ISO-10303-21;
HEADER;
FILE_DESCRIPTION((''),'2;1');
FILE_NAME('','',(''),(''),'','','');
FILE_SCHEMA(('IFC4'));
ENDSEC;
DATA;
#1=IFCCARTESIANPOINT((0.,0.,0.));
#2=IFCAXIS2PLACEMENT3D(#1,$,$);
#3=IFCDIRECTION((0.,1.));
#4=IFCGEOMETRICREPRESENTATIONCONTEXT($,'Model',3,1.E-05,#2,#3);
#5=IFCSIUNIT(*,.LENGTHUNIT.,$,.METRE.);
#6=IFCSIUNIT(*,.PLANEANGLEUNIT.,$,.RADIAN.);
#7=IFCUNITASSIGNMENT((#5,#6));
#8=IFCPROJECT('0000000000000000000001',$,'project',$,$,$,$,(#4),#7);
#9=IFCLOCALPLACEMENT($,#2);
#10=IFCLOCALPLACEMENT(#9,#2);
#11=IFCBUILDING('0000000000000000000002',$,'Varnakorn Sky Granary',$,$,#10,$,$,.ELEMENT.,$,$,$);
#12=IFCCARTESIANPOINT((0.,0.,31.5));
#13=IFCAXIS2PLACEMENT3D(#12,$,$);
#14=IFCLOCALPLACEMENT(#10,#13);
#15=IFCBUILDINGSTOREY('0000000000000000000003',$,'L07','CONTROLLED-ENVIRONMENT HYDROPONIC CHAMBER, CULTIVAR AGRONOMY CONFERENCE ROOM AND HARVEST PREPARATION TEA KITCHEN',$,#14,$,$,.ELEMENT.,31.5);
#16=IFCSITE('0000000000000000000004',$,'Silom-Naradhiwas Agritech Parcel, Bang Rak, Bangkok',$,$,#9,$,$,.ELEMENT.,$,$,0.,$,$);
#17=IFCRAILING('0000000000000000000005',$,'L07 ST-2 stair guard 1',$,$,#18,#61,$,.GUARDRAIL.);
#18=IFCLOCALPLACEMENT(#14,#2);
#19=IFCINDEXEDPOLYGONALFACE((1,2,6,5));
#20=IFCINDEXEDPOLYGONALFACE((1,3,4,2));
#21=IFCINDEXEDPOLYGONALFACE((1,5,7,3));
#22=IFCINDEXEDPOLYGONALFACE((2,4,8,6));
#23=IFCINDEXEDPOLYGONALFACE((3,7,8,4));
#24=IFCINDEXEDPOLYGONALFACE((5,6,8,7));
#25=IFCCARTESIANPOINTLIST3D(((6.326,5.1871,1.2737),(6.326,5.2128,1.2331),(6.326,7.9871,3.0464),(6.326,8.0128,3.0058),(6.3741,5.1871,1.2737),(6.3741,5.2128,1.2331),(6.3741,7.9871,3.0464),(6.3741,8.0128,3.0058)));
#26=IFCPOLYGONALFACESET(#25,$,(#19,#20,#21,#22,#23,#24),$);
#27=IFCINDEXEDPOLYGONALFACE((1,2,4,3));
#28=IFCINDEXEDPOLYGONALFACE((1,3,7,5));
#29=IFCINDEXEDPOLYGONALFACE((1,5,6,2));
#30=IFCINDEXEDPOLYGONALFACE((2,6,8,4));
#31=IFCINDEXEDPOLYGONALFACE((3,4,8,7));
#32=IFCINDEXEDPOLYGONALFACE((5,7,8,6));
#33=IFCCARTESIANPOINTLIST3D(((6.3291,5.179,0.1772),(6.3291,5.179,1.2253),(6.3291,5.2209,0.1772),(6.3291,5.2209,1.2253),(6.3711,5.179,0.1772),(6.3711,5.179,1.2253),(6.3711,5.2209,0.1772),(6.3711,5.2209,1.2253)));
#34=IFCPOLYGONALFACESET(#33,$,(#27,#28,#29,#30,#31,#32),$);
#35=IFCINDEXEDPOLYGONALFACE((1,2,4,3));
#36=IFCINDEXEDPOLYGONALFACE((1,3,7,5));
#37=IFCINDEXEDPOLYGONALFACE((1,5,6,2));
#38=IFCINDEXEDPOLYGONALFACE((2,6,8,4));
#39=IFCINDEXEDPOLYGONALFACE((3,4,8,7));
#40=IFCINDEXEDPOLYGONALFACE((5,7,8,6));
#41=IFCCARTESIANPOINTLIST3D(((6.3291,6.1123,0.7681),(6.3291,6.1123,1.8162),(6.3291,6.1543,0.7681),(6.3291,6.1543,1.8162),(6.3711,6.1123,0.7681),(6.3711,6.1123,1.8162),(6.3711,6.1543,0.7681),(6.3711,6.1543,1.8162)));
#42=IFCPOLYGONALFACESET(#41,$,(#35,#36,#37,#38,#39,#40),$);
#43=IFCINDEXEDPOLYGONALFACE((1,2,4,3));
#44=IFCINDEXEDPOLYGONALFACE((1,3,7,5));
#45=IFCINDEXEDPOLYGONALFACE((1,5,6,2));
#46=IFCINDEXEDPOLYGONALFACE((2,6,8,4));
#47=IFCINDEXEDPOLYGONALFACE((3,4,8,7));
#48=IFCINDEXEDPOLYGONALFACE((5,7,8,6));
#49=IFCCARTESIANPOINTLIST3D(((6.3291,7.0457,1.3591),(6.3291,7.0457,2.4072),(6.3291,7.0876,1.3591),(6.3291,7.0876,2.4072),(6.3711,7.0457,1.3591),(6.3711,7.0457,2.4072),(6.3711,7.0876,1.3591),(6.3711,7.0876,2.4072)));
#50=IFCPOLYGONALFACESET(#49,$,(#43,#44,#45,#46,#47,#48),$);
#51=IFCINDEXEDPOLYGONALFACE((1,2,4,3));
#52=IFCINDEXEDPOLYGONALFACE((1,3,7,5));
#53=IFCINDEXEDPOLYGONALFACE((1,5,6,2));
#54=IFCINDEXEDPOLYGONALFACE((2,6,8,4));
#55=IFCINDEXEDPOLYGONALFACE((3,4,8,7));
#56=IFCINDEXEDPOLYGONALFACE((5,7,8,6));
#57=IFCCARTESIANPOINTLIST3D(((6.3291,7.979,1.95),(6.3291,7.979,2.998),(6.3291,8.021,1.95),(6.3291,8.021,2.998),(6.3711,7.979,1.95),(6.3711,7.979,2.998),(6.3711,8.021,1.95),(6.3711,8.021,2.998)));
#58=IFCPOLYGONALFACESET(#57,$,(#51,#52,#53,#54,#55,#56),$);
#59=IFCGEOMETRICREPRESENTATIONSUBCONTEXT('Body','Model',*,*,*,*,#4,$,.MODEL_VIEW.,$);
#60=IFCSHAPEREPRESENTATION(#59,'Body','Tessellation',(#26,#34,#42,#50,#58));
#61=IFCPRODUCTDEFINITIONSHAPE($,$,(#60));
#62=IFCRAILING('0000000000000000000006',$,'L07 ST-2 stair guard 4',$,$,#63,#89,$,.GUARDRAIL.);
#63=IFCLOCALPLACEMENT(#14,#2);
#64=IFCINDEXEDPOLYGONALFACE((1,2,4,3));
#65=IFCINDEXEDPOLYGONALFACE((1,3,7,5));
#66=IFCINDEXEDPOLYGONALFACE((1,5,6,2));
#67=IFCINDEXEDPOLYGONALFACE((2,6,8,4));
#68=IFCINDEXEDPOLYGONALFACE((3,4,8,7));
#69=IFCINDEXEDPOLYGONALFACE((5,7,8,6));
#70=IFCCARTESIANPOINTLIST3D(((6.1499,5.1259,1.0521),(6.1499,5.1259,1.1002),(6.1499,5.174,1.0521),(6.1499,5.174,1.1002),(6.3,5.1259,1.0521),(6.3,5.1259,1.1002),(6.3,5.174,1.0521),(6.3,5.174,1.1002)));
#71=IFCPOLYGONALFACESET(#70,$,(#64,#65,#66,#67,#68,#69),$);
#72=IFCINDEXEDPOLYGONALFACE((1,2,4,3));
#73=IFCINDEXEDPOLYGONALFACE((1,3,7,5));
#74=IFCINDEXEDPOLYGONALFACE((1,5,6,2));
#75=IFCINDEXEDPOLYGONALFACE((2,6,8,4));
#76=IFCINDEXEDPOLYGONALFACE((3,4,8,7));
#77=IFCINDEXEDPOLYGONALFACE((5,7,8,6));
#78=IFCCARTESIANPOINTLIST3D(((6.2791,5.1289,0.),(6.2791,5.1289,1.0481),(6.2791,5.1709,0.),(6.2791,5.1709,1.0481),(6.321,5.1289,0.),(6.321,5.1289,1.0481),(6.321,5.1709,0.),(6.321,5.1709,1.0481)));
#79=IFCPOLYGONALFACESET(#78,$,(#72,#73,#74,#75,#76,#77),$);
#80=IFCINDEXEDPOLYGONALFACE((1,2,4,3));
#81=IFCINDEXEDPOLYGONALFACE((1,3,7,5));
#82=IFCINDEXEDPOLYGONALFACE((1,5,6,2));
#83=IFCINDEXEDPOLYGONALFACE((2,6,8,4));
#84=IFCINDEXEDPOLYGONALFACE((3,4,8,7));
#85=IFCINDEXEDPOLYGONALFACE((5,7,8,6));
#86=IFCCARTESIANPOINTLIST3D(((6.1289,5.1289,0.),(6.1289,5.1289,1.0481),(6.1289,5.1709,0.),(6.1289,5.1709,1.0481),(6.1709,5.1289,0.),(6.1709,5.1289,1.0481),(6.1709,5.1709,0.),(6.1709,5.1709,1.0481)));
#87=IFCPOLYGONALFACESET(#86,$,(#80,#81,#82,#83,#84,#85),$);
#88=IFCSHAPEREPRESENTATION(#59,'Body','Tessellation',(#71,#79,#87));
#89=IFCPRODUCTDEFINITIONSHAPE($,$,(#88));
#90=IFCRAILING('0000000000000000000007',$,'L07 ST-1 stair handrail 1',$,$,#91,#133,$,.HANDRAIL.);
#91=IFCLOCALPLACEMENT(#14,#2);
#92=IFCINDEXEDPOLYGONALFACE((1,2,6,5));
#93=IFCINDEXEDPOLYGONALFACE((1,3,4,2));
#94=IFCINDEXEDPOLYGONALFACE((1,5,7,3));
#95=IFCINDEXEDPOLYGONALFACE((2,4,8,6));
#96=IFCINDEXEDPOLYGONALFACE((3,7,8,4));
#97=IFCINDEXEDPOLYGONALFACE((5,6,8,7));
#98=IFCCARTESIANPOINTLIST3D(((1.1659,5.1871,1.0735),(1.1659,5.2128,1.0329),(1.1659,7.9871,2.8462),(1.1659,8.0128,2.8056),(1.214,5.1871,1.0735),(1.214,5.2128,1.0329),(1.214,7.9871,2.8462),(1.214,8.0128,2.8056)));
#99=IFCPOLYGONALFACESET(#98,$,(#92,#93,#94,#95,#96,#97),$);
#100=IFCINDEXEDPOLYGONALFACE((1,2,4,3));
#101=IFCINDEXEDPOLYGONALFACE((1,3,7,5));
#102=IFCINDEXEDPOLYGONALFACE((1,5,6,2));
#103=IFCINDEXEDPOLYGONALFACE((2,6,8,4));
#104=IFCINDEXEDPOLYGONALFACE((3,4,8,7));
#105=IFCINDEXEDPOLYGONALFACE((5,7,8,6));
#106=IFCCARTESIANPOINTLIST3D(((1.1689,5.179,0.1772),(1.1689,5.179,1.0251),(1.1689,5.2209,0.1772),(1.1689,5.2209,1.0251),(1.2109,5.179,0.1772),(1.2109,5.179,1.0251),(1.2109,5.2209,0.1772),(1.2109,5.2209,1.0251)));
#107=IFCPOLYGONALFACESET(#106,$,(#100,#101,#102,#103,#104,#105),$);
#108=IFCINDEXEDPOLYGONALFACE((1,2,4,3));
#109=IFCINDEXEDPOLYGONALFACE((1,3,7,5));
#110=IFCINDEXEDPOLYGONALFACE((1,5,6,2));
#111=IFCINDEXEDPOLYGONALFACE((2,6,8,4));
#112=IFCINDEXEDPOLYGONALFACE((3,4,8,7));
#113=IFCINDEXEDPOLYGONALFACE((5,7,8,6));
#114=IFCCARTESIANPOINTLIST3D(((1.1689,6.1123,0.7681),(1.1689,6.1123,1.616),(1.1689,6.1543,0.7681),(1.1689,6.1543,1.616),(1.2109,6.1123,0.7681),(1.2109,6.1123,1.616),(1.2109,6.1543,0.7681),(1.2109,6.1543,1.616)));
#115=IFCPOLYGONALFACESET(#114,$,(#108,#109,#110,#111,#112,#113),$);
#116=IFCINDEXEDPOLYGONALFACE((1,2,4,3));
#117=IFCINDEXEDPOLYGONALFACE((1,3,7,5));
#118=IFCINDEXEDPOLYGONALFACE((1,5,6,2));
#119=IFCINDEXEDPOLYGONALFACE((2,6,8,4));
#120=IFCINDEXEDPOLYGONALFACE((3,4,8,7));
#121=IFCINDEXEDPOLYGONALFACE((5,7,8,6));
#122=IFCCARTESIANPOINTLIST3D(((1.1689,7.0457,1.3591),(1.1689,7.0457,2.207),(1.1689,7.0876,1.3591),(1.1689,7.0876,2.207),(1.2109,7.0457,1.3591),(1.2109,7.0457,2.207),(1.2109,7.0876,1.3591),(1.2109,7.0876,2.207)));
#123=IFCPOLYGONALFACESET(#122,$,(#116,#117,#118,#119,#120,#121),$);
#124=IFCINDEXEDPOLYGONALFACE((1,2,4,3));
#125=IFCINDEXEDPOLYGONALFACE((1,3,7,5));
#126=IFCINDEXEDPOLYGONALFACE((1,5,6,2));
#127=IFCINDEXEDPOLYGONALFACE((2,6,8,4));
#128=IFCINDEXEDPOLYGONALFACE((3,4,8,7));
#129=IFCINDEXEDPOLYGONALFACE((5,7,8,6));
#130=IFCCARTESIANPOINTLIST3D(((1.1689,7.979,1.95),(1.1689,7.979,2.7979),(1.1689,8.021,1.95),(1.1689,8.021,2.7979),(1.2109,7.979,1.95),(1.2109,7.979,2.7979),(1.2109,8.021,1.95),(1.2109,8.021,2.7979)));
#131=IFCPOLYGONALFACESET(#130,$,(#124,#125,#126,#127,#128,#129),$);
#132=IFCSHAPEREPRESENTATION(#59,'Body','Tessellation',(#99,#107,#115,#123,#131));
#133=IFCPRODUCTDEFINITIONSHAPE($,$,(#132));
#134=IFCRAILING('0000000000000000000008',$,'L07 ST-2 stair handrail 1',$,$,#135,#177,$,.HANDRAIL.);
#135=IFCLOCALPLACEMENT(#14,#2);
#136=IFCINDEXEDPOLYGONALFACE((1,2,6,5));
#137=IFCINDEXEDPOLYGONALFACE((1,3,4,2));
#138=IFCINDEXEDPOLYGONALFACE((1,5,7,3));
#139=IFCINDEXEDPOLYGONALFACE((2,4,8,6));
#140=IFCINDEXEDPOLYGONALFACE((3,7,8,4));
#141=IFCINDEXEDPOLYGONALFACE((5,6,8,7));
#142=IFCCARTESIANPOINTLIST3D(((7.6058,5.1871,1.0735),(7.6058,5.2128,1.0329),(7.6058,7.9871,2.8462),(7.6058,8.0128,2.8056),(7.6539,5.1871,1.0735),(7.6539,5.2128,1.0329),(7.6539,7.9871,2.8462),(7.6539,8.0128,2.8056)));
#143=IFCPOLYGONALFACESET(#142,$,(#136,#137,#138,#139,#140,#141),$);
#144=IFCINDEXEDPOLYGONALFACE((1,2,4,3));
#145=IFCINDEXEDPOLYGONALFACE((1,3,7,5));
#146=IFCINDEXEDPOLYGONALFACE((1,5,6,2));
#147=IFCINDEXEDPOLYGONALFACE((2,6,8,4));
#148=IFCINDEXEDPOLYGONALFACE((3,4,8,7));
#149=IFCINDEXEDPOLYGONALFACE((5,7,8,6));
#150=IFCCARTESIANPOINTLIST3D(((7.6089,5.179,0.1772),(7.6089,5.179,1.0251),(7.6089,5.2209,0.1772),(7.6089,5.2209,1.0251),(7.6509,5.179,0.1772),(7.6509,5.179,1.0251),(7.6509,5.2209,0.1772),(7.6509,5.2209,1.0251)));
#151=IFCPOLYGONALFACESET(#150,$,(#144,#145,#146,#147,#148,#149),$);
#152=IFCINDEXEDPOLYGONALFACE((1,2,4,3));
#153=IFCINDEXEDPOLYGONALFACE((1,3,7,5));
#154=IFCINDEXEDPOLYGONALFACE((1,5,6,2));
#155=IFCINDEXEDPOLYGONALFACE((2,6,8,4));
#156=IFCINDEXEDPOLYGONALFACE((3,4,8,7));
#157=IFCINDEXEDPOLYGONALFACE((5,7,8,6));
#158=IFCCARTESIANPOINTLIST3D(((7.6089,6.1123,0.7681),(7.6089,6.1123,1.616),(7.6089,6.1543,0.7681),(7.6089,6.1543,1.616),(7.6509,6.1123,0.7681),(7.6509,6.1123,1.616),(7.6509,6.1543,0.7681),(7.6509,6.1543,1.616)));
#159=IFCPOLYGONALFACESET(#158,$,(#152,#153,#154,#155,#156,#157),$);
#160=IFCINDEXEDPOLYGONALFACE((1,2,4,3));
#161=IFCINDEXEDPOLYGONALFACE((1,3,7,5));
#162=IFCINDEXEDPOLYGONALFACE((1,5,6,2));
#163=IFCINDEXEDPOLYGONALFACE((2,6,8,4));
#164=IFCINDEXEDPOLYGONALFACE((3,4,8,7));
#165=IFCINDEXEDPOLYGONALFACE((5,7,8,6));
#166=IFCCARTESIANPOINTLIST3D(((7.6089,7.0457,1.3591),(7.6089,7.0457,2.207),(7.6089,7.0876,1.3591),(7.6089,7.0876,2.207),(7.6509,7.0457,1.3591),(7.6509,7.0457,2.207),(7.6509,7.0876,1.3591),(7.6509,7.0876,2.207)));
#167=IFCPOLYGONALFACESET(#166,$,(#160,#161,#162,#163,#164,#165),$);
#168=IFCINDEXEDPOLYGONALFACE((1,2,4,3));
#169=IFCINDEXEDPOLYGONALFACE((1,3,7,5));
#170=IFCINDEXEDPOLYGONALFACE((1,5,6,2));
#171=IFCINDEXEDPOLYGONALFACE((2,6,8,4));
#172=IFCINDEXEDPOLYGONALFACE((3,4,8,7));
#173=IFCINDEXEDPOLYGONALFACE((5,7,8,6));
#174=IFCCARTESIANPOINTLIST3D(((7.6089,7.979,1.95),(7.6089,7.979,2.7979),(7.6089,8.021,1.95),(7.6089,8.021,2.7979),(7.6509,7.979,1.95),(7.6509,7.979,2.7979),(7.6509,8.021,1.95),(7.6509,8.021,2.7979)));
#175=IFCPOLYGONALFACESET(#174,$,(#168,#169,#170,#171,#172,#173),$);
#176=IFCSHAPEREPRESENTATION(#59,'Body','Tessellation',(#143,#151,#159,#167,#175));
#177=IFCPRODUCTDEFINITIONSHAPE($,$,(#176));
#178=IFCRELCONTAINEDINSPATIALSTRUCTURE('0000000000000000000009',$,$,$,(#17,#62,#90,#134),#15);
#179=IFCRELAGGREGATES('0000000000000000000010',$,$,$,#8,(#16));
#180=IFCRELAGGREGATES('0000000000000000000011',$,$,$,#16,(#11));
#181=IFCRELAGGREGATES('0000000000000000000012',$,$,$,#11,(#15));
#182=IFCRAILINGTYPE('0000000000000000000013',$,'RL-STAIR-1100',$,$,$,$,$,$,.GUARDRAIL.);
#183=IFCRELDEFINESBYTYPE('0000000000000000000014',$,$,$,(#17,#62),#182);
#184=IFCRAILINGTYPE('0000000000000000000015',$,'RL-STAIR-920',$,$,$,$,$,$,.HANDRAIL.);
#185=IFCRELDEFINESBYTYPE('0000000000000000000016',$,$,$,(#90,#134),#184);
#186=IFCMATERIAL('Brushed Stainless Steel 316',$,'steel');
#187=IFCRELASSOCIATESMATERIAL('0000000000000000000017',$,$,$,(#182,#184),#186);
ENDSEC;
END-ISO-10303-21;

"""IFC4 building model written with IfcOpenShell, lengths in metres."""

from ifc_helpers import new_model, si_unit, direction, frame, origin, origin_2d, place, context, subcontext, project, spatial, rectangle, extrude, material, type_object, element, save


model = new_model("IFC4")

# Units and contexts
model_context = context("Model", 3, precision=1e-05, world=origin(), true_north=direction((0.0, 1.0)))
body_context = subcontext(model_context, "Body", "Model", "MODEL_VIEW")
ifc_project = project(units=[si_unit("LENGTHUNIT", "METRE"), si_unit("PLANEANGLEUNIT", "RADIAN")], contexts=[model_context])

# Site, building, storey
site_placement = place(None, origin())
site = spatial("IfcSite", under=ifc_project, at=site_placement, Name="Silom-Naradhiwas Agritech Parcel, Bang Rak, Bangkok", CompositionType="ELEMENT", RefElevation=0.0)
building_placement = place(site_placement, origin())
building = spatial("IfcBuilding", under=site, at=building_placement, Name="Varnakorn Sky Granary", CompositionType="ELEMENT")
storey_placement = place(building_placement, frame((0.0, 0.0, 31.5)))
storey = spatial("IfcBuildingStorey", under=building, at=storey_placement, Name="L07", Description="CONTROLLED-ENVIRONMENT HYDROPONIC CHAMBER, CULTIVAR AGRONOMY CONFERENCE ROOM AND HARVEST PREPARATION TEA KITCHEN", CompositionType="ELEMENT", Elevation=31.5)

# Railings
ifc_material_1 = material(Name="Brushed Stainless Steel 316", Category="steel")
railing_type_1 = type_object("IfcRailingType", Name="RL-STAIR-1100", PredefinedType="GUARDRAIL", material=ifc_material_1)
railing_1_placement = place(storey_placement, frame((6.3501, 5.2, 0.1772)))
element("IfcRailing", 1, at=railing_1_placement, inside=storey, type_object=railing_type_1, Name="L07 ST-2 stair guard 1", PredefinedType="GUARDRAIL", context=body_context, shape_type="SweptSolid", body=[
    extrude(rectangle(XDim=0.0481, YDim=0.0481, at=origin_2d()), frame((0.0, 0.0, 1.0762), z_axis=(0.0, 0.844909, 0.53491), x_axis=(-1.0, 0.0, 0.0)), (0.0, 0.0, 1.0), 3.314),
    extrude(rectangle(XDim=0.042, YDim=0.042, at=origin_2d()), origin(), (0.0, 0.0, 1.0), 1.0481),
    extrude(rectangle(XDim=0.042, YDim=0.042, at=origin_2d()), frame((0.0, 0.9333, 0.5908)), (0.0, 0.0, 1.0), 1.0481),
    extrude(rectangle(XDim=0.042, YDim=0.042, at=origin_2d()), frame((0.0, 1.8667, 1.1819)), (0.0, 0.0, 1.0), 1.0481),
    extrude(rectangle(XDim=0.042, YDim=0.042, at=origin_2d()), frame((0.0, 2.8, 1.7727)), (0.0, 0.0, 1.0), 1.0481),
])
railing_2_placement = place(storey_placement, frame((6.3, 5.1499, 0.0)))
element("IfcRailing", 2, at=railing_2_placement, inside=storey, type_object=railing_type_1, Name="L07 ST-2 stair guard 4", PredefinedType="GUARDRAIL", context=body_context, shape_type="SweptSolid", body=[
    extrude(rectangle(XDim=0.0481, YDim=0.0481, at=origin_2d()), frame((0.0, 0.0, 1.0762), z_axis=(-1.0, 0.0, 0.0), x_axis=(0.0, -1.0, 0.0)), (0.0, 0.0, 1.0), 0.1501),
    extrude(rectangle(XDim=0.042, YDim=0.042, at=origin_2d()), origin(), (0.0, 0.0, 1.0), 1.0481),
    extrude(rectangle(XDim=0.042, YDim=0.042, at=origin_2d()), frame((-0.1501, 0.0, 0.0)), (0.0, 0.0, 1.0), 1.0481),
])
railing_type_2 = type_object("IfcRailingType", Name="RL-STAIR-920", PredefinedType="HANDRAIL", material=ifc_material_1)
for number, where, name in (
    (3, (1.1899, 5.2, 0.1772), "L07 ST-1 stair handrail 1"),
    (4, (7.6299, 5.2, 0.1772), "L07 ST-2 stair handrail 1"),
):
    element("IfcRailing", number, at=place(storey_placement, frame(where)), inside=storey, type_object=railing_type_2, Name=name, PredefinedType="HANDRAIL", context=body_context, shape_type="SweptSolid", body=[
        extrude(rectangle(XDim=0.0481, YDim=0.0481, at=origin_2d()), frame((0.0, 0.0, 0.876), z_axis=(0.0, 0.844909, 0.53491), x_axis=(-1.0, 0.0, 0.0)), (0.0, 0.0, 1.0), 3.314),
        extrude(rectangle(XDim=0.042, YDim=0.042, at=origin_2d()), origin(), (0.0, 0.0, 1.0), 0.8479),
        extrude(rectangle(XDim=0.042, YDim=0.042, at=origin_2d()), frame((0.0, 0.9333, 0.5908)), (0.0, 0.0, 1.0), 0.8479),
        extrude(rectangle(XDim=0.042, YDim=0.042, at=origin_2d()), frame((0.0, 1.8667, 1.1819)), (0.0, 0.0, 1.0), 0.8479),
        extrude(rectangle(XDim=0.042, YDim=0.042, at=origin_2d()), frame((0.0, 2.8, 1.7727)), (0.0, 0.0, 1.0), 0.8479),
    ])

save(model, "model.ifc")
